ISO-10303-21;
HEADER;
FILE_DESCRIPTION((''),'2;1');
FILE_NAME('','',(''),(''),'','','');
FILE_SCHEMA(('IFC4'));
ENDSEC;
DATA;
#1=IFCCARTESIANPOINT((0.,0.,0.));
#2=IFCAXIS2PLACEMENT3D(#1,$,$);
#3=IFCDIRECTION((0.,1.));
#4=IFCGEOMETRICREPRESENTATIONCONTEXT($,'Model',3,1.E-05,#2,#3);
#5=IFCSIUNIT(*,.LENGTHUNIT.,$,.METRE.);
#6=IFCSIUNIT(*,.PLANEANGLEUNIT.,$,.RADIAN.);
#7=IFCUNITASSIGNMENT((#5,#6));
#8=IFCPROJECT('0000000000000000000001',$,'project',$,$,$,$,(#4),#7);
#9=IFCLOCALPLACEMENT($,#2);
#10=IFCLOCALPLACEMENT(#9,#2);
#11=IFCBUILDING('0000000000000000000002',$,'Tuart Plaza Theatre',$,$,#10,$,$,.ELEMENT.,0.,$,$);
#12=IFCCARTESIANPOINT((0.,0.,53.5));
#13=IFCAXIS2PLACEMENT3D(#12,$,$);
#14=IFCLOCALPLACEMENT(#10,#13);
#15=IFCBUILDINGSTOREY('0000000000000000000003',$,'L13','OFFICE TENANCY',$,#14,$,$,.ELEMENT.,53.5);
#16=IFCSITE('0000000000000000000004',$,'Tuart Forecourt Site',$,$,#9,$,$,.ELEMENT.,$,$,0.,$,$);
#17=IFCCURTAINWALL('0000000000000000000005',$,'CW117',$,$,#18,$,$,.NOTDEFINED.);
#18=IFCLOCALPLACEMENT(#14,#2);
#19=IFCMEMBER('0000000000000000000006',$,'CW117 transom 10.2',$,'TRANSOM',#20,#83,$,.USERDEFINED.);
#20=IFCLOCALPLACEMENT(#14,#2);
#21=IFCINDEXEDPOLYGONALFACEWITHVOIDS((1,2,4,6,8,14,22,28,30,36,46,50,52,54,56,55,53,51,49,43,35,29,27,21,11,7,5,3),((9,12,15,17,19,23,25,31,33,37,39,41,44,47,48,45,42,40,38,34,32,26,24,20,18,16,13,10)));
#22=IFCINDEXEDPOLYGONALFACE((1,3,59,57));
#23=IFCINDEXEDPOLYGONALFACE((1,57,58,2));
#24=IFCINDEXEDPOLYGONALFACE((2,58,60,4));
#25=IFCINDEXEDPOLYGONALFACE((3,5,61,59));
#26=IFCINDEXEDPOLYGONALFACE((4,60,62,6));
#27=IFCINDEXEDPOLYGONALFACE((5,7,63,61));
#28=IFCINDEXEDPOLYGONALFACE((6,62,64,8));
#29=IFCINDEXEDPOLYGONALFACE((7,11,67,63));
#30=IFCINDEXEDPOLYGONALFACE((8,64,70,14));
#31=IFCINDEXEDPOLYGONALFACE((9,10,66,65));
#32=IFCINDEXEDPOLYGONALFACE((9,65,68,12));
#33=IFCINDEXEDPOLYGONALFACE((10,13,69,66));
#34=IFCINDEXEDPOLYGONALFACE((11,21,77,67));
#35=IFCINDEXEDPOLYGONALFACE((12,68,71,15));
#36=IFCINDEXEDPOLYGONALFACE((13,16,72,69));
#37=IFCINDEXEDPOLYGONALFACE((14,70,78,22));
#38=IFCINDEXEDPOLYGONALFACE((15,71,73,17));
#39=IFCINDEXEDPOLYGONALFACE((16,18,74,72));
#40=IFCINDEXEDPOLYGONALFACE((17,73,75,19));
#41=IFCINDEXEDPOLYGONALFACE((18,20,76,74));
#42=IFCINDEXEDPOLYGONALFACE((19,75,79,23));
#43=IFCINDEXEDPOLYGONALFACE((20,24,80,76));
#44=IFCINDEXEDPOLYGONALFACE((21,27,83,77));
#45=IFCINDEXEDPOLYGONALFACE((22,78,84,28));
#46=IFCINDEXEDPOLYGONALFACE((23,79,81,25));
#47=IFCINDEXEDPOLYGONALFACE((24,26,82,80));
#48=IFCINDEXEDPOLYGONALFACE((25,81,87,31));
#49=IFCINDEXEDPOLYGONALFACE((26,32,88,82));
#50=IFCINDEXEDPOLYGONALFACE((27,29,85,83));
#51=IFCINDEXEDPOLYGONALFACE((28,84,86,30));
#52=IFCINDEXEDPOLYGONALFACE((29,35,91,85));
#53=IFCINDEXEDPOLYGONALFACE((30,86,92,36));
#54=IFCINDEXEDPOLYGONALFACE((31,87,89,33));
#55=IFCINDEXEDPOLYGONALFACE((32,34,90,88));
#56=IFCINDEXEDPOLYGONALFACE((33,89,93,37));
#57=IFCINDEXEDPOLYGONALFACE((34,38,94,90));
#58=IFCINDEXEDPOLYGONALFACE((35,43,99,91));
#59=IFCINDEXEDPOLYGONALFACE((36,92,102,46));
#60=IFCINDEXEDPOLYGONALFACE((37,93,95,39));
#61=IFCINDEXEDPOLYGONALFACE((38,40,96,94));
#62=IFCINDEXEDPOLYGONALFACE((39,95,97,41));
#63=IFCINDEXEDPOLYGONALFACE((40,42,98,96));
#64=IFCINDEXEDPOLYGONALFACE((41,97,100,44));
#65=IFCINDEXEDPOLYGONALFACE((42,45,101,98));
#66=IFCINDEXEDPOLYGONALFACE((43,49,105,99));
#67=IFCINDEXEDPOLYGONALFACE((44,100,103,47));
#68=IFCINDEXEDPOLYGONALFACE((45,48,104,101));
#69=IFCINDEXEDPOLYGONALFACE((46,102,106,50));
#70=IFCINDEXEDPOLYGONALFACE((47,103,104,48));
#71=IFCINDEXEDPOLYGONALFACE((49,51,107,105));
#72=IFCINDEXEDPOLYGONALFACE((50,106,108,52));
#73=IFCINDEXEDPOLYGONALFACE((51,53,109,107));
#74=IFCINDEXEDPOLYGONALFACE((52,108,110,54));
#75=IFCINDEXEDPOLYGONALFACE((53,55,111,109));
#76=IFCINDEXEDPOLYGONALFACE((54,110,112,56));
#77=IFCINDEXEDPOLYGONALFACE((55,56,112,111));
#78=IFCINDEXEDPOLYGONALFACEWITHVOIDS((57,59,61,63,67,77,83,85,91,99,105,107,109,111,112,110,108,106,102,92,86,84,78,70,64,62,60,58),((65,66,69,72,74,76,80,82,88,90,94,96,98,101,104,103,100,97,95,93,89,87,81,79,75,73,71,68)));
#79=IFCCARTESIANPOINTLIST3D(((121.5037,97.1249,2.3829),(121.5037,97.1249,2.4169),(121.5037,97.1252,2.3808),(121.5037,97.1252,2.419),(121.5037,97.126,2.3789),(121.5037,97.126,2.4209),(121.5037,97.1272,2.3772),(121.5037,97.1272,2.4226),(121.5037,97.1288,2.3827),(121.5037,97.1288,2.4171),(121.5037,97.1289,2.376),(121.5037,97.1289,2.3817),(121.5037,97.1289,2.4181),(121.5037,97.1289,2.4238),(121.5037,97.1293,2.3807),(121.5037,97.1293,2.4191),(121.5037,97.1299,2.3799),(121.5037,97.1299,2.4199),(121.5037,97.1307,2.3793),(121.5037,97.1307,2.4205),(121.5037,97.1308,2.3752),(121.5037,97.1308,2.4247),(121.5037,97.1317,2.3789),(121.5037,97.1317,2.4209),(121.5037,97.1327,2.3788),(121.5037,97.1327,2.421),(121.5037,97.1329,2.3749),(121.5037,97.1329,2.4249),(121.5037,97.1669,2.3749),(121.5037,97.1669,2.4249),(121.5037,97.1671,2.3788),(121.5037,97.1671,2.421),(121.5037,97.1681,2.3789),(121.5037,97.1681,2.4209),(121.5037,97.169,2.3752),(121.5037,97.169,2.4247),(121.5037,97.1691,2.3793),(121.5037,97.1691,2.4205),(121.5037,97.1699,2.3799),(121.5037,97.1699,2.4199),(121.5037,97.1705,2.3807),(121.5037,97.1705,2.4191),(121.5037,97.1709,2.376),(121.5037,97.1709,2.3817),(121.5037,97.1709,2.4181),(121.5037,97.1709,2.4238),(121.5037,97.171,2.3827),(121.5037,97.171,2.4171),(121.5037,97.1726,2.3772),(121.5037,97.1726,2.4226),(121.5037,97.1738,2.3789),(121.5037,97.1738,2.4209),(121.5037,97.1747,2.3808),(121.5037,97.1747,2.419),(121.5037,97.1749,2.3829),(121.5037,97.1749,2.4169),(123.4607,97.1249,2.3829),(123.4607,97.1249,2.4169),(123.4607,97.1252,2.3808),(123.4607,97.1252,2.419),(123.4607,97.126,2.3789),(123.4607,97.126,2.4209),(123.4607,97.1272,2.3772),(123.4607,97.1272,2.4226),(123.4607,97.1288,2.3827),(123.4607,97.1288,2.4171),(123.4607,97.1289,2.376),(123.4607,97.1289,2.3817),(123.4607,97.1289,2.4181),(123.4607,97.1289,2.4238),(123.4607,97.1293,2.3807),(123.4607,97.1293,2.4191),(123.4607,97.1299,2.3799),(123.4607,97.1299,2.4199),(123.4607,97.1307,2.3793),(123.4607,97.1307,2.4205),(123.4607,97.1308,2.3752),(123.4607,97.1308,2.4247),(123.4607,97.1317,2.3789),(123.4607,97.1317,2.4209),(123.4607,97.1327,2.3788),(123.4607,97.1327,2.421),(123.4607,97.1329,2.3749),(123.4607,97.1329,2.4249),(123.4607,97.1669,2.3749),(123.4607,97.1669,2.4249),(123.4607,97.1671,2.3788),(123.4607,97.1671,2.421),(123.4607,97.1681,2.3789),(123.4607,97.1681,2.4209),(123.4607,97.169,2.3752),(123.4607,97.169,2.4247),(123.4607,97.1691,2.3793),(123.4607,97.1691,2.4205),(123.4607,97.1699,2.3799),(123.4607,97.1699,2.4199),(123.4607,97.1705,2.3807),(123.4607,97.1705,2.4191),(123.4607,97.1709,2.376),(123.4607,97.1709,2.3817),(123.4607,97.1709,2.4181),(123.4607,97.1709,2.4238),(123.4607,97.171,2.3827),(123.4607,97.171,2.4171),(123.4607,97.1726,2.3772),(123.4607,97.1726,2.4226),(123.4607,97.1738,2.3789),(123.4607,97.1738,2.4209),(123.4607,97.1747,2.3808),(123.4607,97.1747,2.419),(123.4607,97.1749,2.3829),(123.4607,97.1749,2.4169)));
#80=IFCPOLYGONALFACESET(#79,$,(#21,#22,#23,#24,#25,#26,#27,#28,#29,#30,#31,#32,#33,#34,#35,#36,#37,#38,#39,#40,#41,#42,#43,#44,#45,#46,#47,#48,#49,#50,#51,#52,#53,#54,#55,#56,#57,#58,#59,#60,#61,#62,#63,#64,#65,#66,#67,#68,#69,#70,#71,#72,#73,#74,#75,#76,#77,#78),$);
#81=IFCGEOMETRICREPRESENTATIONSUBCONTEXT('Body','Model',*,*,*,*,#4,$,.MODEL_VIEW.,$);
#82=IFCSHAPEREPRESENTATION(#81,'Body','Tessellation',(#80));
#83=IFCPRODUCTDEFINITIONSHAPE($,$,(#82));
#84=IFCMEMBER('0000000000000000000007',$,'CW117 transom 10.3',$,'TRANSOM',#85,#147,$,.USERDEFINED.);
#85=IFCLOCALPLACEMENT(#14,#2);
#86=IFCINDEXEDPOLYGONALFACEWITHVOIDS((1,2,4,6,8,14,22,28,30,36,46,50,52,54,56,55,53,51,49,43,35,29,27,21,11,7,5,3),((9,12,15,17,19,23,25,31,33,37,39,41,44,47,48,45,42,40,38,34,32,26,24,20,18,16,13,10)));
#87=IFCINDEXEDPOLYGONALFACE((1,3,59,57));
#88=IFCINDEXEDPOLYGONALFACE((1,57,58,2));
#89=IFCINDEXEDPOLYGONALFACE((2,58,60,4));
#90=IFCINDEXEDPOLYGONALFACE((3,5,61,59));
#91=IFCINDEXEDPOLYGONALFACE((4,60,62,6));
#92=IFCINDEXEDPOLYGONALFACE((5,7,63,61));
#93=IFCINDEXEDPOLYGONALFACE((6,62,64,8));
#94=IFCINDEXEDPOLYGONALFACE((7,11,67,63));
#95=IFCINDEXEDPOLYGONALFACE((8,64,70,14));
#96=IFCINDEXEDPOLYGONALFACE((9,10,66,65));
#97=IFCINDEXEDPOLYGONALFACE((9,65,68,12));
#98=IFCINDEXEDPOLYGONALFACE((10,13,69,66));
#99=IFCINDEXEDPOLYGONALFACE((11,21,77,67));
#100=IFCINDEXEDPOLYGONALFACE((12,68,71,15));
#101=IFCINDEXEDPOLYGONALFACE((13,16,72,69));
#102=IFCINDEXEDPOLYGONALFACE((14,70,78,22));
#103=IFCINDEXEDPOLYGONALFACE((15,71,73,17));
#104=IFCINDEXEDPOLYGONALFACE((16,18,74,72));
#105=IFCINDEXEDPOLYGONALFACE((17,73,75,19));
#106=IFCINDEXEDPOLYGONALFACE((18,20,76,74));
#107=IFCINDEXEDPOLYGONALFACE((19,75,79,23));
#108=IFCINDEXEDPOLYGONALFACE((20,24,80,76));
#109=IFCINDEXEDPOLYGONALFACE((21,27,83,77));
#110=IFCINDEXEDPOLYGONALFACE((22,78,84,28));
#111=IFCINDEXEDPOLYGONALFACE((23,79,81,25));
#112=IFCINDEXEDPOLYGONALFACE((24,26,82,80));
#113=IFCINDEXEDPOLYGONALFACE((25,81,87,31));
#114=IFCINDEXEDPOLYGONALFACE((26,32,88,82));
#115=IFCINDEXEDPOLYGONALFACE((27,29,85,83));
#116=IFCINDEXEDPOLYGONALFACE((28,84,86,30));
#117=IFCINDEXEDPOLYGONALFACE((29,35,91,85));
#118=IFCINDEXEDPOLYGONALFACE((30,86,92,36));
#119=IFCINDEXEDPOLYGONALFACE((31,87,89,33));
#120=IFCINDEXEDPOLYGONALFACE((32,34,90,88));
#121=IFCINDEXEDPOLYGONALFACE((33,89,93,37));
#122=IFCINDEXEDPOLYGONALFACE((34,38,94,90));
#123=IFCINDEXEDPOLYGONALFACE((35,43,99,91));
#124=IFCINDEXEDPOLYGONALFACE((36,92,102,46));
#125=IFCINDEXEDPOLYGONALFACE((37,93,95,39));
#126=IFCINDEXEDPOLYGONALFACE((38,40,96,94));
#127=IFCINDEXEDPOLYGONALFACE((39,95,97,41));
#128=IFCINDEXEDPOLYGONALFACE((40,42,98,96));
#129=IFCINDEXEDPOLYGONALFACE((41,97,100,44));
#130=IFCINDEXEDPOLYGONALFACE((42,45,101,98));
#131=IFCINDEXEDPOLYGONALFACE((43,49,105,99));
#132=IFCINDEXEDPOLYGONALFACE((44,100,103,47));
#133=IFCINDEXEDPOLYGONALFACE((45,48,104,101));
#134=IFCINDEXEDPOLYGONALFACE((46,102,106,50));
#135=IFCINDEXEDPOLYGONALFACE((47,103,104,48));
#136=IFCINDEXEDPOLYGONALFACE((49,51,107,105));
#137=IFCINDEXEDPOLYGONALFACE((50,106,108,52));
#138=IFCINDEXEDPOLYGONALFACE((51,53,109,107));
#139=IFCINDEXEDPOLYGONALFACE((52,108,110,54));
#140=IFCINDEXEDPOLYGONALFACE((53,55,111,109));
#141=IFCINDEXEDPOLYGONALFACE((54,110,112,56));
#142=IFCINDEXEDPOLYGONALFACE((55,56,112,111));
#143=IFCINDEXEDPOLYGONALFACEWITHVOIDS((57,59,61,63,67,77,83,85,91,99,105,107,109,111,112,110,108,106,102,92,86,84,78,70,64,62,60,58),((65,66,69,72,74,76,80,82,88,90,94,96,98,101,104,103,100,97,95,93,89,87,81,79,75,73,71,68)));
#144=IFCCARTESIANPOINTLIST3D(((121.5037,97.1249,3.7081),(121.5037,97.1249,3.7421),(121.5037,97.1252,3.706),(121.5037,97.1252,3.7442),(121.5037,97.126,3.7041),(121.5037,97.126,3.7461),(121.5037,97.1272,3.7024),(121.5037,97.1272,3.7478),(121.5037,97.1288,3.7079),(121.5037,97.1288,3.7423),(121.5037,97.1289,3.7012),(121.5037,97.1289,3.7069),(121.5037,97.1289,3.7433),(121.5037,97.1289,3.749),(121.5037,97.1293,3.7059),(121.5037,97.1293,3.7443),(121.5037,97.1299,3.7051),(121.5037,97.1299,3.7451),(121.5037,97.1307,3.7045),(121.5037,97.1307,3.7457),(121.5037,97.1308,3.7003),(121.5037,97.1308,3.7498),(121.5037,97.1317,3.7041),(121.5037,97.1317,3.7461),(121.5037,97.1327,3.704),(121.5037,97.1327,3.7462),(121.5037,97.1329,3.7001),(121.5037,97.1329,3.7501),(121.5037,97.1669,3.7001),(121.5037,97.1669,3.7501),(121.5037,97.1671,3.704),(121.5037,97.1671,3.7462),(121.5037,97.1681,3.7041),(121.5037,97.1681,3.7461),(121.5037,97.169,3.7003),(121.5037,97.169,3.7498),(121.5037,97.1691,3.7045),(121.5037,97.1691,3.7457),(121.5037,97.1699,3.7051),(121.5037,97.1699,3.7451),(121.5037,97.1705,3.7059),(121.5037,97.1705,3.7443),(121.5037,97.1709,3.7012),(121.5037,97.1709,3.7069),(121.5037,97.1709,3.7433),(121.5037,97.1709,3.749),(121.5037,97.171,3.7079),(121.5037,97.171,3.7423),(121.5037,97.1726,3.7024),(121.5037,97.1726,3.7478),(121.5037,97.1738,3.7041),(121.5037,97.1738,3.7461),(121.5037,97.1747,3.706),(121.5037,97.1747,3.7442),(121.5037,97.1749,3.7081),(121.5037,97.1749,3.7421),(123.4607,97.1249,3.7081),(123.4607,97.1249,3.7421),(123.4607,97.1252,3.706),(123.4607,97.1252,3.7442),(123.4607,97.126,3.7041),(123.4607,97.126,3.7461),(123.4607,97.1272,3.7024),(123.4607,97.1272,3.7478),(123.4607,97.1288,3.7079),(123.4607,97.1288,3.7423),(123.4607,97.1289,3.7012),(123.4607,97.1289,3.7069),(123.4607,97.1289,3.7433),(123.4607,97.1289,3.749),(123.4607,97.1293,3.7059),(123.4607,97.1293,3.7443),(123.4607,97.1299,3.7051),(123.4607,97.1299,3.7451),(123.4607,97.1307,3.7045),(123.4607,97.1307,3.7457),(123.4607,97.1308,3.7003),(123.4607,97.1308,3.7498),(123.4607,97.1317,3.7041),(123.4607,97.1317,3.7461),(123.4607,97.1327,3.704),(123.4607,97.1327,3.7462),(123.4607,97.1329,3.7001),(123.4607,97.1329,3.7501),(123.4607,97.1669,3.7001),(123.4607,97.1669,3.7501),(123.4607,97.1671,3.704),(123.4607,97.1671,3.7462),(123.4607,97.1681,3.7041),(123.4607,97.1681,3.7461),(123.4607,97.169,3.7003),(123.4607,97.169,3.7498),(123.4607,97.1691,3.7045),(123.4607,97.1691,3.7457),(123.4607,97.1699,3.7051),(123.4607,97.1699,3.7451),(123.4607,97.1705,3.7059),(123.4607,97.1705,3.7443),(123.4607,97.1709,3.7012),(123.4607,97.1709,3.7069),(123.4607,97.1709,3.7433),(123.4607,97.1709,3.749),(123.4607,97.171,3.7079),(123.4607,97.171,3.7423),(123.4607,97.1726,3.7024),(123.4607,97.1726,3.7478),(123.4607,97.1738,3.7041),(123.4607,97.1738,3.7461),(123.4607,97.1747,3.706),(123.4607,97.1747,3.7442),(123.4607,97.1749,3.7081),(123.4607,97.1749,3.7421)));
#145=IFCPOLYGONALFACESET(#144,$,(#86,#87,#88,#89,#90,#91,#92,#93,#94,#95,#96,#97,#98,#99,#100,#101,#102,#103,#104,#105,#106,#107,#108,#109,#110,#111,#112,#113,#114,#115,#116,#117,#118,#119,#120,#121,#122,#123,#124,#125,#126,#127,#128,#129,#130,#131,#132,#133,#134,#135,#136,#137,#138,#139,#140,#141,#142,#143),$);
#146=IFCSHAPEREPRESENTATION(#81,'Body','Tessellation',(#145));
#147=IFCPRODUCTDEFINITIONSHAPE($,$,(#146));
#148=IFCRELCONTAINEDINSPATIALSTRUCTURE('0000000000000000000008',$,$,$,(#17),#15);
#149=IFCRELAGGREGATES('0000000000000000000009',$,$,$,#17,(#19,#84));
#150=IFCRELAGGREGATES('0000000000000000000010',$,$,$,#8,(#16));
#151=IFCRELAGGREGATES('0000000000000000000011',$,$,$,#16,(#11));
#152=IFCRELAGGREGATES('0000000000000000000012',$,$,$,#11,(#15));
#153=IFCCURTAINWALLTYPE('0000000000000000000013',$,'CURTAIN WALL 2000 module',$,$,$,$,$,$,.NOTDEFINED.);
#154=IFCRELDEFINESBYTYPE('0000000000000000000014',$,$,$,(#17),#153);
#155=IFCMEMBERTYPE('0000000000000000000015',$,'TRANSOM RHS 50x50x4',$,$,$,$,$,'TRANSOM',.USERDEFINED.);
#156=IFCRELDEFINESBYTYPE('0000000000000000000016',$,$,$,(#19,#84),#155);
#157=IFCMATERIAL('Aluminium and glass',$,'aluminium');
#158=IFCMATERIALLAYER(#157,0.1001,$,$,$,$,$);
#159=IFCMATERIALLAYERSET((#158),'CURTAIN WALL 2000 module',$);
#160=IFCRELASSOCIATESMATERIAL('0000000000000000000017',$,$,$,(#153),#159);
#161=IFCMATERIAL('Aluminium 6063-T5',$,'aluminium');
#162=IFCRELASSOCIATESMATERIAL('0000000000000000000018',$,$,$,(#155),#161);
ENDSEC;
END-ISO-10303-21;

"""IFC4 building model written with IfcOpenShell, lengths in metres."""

from ifc_helpers import new_model, si_unit, direction, frame, origin, origin_2d, place, context, subcontext, project, spatial, hollow_rectangle, extrude, material, layer, layer_set, material_profile, profile_set, type_object, element, aggregate, save


model = new_model("IFC4")

# Units and contexts
model_context = context("Model", 3, precision=1e-05, world=origin(), true_north=direction((0.0, 1.0)))
body_context = subcontext(model_context, "Body", "Model", "MODEL_VIEW")
ifc_project = project(units=[si_unit("LENGTHUNIT", "METRE"), si_unit("PLANEANGLEUNIT", "RADIAN")], contexts=[model_context])

# Site, building, storey
site_placement = place(None, origin())
site = spatial("IfcSite", under=ifc_project, at=site_placement, Name="Tuart Forecourt Site", CompositionType="ELEMENT", RefElevation=0.0)
building_placement = place(site_placement, origin())
building = spatial("IfcBuilding", under=site, at=building_placement, Name="Tuart Plaza Theatre", CompositionType="ELEMENT", ElevationOfRefHeight=0.0)
storey_placement = place(building_placement, frame((0.0, 0.0, 53.5)))
storey = spatial("IfcBuildingStorey", under=building, at=storey_placement, Name="L13", Description="OFFICE TENANCY", CompositionType="ELEMENT", Elevation=53.5)

# Curtain wall, members
ifc_material_1 = material(Name="Aluminium and glass", Category="aluminium")
ifc_layer_1 = layer(ifc_material_1, 0.1001)
ifc_layer_set_1 = layer_set([ifc_layer_1], Name="CURTAIN WALL 2000 module")
curtain_wall_type = type_object("IfcCurtainWallType", Name="CURTAIN WALL 2000 module", PredefinedType="NOTDEFINED", material=ifc_layer_set_1)
curtain_wall_placement = place(storey_placement, origin())
curtain_wall = element("IfcCurtainWall", 1, at=curtain_wall_placement, inside=storey, type_object=curtain_wall_type, Name="CW117", PredefinedType="NOTDEFINED")
ifc_material_2 = material(Name="Aluminium 6063-T5", Category="aluminium")
ifc_material_profile_1 = material_profile(ifc_material_2, hollow_rectangle(XDim=0.05, YDim=0.05, WallThickness=0.0039, InnerFilletRadius=0.0039, OuterFilletRadius=0.0081, at=origin_2d()), Name="RHS 50x50x4")
ifc_profile_set_1 = profile_set([ifc_material_profile_1], Name="Aluminium 6063-T5")
member_type_1 = type_object("IfcMemberType", Name="TRANSOM RHS 50x50x4", ElementType="TRANSOM", PredefinedType="USERDEFINED", material=ifc_profile_set_1)
member_1_placement = place(storey_placement, frame((123.4607, 97.1499, 2.3999), z_axis=(-1.0, 0.0, 0.0), x_axis=(0.0, -1.0, 0.0)))
member_1 = element("IfcMember", 2, at=member_1_placement, type_object=member_type_1, Name="CW117 transom 10.2", ObjectType="TRANSOM", PredefinedType="USERDEFINED", context=body_context, shape_type="SweptSolid", body=[
    extrude(hollow_rectangle(XDim=0.05, YDim=0.05, WallThickness=0.0039, InnerFilletRadius=0.0039, OuterFilletRadius=0.0081, at=origin_2d()), origin(), (0.0, 0.0, 1.0), 1.957),
])
member_2_placement = place(storey_placement, frame((123.4607, 97.1499, 3.7251), z_axis=(-1.0, 0.0, 0.0), x_axis=(0.0, -1.0, 0.0)))
member_2 = element("IfcMember", 3, at=member_2_placement, type_object=member_type_1, Name="CW117 transom 10.3", ObjectType="TRANSOM", PredefinedType="USERDEFINED", context=body_context, shape_type="SweptSolid", body=[
    extrude(hollow_rectangle(XDim=0.05, YDim=0.05, WallThickness=0.0039, InnerFilletRadius=0.0039, OuterFilletRadius=0.0081, at=origin_2d()), origin(), (0.0, 0.0, 1.0), 1.957),
])
aggregate(curtain_wall, [member_1, member_2])

save(model, "model.ifc")
